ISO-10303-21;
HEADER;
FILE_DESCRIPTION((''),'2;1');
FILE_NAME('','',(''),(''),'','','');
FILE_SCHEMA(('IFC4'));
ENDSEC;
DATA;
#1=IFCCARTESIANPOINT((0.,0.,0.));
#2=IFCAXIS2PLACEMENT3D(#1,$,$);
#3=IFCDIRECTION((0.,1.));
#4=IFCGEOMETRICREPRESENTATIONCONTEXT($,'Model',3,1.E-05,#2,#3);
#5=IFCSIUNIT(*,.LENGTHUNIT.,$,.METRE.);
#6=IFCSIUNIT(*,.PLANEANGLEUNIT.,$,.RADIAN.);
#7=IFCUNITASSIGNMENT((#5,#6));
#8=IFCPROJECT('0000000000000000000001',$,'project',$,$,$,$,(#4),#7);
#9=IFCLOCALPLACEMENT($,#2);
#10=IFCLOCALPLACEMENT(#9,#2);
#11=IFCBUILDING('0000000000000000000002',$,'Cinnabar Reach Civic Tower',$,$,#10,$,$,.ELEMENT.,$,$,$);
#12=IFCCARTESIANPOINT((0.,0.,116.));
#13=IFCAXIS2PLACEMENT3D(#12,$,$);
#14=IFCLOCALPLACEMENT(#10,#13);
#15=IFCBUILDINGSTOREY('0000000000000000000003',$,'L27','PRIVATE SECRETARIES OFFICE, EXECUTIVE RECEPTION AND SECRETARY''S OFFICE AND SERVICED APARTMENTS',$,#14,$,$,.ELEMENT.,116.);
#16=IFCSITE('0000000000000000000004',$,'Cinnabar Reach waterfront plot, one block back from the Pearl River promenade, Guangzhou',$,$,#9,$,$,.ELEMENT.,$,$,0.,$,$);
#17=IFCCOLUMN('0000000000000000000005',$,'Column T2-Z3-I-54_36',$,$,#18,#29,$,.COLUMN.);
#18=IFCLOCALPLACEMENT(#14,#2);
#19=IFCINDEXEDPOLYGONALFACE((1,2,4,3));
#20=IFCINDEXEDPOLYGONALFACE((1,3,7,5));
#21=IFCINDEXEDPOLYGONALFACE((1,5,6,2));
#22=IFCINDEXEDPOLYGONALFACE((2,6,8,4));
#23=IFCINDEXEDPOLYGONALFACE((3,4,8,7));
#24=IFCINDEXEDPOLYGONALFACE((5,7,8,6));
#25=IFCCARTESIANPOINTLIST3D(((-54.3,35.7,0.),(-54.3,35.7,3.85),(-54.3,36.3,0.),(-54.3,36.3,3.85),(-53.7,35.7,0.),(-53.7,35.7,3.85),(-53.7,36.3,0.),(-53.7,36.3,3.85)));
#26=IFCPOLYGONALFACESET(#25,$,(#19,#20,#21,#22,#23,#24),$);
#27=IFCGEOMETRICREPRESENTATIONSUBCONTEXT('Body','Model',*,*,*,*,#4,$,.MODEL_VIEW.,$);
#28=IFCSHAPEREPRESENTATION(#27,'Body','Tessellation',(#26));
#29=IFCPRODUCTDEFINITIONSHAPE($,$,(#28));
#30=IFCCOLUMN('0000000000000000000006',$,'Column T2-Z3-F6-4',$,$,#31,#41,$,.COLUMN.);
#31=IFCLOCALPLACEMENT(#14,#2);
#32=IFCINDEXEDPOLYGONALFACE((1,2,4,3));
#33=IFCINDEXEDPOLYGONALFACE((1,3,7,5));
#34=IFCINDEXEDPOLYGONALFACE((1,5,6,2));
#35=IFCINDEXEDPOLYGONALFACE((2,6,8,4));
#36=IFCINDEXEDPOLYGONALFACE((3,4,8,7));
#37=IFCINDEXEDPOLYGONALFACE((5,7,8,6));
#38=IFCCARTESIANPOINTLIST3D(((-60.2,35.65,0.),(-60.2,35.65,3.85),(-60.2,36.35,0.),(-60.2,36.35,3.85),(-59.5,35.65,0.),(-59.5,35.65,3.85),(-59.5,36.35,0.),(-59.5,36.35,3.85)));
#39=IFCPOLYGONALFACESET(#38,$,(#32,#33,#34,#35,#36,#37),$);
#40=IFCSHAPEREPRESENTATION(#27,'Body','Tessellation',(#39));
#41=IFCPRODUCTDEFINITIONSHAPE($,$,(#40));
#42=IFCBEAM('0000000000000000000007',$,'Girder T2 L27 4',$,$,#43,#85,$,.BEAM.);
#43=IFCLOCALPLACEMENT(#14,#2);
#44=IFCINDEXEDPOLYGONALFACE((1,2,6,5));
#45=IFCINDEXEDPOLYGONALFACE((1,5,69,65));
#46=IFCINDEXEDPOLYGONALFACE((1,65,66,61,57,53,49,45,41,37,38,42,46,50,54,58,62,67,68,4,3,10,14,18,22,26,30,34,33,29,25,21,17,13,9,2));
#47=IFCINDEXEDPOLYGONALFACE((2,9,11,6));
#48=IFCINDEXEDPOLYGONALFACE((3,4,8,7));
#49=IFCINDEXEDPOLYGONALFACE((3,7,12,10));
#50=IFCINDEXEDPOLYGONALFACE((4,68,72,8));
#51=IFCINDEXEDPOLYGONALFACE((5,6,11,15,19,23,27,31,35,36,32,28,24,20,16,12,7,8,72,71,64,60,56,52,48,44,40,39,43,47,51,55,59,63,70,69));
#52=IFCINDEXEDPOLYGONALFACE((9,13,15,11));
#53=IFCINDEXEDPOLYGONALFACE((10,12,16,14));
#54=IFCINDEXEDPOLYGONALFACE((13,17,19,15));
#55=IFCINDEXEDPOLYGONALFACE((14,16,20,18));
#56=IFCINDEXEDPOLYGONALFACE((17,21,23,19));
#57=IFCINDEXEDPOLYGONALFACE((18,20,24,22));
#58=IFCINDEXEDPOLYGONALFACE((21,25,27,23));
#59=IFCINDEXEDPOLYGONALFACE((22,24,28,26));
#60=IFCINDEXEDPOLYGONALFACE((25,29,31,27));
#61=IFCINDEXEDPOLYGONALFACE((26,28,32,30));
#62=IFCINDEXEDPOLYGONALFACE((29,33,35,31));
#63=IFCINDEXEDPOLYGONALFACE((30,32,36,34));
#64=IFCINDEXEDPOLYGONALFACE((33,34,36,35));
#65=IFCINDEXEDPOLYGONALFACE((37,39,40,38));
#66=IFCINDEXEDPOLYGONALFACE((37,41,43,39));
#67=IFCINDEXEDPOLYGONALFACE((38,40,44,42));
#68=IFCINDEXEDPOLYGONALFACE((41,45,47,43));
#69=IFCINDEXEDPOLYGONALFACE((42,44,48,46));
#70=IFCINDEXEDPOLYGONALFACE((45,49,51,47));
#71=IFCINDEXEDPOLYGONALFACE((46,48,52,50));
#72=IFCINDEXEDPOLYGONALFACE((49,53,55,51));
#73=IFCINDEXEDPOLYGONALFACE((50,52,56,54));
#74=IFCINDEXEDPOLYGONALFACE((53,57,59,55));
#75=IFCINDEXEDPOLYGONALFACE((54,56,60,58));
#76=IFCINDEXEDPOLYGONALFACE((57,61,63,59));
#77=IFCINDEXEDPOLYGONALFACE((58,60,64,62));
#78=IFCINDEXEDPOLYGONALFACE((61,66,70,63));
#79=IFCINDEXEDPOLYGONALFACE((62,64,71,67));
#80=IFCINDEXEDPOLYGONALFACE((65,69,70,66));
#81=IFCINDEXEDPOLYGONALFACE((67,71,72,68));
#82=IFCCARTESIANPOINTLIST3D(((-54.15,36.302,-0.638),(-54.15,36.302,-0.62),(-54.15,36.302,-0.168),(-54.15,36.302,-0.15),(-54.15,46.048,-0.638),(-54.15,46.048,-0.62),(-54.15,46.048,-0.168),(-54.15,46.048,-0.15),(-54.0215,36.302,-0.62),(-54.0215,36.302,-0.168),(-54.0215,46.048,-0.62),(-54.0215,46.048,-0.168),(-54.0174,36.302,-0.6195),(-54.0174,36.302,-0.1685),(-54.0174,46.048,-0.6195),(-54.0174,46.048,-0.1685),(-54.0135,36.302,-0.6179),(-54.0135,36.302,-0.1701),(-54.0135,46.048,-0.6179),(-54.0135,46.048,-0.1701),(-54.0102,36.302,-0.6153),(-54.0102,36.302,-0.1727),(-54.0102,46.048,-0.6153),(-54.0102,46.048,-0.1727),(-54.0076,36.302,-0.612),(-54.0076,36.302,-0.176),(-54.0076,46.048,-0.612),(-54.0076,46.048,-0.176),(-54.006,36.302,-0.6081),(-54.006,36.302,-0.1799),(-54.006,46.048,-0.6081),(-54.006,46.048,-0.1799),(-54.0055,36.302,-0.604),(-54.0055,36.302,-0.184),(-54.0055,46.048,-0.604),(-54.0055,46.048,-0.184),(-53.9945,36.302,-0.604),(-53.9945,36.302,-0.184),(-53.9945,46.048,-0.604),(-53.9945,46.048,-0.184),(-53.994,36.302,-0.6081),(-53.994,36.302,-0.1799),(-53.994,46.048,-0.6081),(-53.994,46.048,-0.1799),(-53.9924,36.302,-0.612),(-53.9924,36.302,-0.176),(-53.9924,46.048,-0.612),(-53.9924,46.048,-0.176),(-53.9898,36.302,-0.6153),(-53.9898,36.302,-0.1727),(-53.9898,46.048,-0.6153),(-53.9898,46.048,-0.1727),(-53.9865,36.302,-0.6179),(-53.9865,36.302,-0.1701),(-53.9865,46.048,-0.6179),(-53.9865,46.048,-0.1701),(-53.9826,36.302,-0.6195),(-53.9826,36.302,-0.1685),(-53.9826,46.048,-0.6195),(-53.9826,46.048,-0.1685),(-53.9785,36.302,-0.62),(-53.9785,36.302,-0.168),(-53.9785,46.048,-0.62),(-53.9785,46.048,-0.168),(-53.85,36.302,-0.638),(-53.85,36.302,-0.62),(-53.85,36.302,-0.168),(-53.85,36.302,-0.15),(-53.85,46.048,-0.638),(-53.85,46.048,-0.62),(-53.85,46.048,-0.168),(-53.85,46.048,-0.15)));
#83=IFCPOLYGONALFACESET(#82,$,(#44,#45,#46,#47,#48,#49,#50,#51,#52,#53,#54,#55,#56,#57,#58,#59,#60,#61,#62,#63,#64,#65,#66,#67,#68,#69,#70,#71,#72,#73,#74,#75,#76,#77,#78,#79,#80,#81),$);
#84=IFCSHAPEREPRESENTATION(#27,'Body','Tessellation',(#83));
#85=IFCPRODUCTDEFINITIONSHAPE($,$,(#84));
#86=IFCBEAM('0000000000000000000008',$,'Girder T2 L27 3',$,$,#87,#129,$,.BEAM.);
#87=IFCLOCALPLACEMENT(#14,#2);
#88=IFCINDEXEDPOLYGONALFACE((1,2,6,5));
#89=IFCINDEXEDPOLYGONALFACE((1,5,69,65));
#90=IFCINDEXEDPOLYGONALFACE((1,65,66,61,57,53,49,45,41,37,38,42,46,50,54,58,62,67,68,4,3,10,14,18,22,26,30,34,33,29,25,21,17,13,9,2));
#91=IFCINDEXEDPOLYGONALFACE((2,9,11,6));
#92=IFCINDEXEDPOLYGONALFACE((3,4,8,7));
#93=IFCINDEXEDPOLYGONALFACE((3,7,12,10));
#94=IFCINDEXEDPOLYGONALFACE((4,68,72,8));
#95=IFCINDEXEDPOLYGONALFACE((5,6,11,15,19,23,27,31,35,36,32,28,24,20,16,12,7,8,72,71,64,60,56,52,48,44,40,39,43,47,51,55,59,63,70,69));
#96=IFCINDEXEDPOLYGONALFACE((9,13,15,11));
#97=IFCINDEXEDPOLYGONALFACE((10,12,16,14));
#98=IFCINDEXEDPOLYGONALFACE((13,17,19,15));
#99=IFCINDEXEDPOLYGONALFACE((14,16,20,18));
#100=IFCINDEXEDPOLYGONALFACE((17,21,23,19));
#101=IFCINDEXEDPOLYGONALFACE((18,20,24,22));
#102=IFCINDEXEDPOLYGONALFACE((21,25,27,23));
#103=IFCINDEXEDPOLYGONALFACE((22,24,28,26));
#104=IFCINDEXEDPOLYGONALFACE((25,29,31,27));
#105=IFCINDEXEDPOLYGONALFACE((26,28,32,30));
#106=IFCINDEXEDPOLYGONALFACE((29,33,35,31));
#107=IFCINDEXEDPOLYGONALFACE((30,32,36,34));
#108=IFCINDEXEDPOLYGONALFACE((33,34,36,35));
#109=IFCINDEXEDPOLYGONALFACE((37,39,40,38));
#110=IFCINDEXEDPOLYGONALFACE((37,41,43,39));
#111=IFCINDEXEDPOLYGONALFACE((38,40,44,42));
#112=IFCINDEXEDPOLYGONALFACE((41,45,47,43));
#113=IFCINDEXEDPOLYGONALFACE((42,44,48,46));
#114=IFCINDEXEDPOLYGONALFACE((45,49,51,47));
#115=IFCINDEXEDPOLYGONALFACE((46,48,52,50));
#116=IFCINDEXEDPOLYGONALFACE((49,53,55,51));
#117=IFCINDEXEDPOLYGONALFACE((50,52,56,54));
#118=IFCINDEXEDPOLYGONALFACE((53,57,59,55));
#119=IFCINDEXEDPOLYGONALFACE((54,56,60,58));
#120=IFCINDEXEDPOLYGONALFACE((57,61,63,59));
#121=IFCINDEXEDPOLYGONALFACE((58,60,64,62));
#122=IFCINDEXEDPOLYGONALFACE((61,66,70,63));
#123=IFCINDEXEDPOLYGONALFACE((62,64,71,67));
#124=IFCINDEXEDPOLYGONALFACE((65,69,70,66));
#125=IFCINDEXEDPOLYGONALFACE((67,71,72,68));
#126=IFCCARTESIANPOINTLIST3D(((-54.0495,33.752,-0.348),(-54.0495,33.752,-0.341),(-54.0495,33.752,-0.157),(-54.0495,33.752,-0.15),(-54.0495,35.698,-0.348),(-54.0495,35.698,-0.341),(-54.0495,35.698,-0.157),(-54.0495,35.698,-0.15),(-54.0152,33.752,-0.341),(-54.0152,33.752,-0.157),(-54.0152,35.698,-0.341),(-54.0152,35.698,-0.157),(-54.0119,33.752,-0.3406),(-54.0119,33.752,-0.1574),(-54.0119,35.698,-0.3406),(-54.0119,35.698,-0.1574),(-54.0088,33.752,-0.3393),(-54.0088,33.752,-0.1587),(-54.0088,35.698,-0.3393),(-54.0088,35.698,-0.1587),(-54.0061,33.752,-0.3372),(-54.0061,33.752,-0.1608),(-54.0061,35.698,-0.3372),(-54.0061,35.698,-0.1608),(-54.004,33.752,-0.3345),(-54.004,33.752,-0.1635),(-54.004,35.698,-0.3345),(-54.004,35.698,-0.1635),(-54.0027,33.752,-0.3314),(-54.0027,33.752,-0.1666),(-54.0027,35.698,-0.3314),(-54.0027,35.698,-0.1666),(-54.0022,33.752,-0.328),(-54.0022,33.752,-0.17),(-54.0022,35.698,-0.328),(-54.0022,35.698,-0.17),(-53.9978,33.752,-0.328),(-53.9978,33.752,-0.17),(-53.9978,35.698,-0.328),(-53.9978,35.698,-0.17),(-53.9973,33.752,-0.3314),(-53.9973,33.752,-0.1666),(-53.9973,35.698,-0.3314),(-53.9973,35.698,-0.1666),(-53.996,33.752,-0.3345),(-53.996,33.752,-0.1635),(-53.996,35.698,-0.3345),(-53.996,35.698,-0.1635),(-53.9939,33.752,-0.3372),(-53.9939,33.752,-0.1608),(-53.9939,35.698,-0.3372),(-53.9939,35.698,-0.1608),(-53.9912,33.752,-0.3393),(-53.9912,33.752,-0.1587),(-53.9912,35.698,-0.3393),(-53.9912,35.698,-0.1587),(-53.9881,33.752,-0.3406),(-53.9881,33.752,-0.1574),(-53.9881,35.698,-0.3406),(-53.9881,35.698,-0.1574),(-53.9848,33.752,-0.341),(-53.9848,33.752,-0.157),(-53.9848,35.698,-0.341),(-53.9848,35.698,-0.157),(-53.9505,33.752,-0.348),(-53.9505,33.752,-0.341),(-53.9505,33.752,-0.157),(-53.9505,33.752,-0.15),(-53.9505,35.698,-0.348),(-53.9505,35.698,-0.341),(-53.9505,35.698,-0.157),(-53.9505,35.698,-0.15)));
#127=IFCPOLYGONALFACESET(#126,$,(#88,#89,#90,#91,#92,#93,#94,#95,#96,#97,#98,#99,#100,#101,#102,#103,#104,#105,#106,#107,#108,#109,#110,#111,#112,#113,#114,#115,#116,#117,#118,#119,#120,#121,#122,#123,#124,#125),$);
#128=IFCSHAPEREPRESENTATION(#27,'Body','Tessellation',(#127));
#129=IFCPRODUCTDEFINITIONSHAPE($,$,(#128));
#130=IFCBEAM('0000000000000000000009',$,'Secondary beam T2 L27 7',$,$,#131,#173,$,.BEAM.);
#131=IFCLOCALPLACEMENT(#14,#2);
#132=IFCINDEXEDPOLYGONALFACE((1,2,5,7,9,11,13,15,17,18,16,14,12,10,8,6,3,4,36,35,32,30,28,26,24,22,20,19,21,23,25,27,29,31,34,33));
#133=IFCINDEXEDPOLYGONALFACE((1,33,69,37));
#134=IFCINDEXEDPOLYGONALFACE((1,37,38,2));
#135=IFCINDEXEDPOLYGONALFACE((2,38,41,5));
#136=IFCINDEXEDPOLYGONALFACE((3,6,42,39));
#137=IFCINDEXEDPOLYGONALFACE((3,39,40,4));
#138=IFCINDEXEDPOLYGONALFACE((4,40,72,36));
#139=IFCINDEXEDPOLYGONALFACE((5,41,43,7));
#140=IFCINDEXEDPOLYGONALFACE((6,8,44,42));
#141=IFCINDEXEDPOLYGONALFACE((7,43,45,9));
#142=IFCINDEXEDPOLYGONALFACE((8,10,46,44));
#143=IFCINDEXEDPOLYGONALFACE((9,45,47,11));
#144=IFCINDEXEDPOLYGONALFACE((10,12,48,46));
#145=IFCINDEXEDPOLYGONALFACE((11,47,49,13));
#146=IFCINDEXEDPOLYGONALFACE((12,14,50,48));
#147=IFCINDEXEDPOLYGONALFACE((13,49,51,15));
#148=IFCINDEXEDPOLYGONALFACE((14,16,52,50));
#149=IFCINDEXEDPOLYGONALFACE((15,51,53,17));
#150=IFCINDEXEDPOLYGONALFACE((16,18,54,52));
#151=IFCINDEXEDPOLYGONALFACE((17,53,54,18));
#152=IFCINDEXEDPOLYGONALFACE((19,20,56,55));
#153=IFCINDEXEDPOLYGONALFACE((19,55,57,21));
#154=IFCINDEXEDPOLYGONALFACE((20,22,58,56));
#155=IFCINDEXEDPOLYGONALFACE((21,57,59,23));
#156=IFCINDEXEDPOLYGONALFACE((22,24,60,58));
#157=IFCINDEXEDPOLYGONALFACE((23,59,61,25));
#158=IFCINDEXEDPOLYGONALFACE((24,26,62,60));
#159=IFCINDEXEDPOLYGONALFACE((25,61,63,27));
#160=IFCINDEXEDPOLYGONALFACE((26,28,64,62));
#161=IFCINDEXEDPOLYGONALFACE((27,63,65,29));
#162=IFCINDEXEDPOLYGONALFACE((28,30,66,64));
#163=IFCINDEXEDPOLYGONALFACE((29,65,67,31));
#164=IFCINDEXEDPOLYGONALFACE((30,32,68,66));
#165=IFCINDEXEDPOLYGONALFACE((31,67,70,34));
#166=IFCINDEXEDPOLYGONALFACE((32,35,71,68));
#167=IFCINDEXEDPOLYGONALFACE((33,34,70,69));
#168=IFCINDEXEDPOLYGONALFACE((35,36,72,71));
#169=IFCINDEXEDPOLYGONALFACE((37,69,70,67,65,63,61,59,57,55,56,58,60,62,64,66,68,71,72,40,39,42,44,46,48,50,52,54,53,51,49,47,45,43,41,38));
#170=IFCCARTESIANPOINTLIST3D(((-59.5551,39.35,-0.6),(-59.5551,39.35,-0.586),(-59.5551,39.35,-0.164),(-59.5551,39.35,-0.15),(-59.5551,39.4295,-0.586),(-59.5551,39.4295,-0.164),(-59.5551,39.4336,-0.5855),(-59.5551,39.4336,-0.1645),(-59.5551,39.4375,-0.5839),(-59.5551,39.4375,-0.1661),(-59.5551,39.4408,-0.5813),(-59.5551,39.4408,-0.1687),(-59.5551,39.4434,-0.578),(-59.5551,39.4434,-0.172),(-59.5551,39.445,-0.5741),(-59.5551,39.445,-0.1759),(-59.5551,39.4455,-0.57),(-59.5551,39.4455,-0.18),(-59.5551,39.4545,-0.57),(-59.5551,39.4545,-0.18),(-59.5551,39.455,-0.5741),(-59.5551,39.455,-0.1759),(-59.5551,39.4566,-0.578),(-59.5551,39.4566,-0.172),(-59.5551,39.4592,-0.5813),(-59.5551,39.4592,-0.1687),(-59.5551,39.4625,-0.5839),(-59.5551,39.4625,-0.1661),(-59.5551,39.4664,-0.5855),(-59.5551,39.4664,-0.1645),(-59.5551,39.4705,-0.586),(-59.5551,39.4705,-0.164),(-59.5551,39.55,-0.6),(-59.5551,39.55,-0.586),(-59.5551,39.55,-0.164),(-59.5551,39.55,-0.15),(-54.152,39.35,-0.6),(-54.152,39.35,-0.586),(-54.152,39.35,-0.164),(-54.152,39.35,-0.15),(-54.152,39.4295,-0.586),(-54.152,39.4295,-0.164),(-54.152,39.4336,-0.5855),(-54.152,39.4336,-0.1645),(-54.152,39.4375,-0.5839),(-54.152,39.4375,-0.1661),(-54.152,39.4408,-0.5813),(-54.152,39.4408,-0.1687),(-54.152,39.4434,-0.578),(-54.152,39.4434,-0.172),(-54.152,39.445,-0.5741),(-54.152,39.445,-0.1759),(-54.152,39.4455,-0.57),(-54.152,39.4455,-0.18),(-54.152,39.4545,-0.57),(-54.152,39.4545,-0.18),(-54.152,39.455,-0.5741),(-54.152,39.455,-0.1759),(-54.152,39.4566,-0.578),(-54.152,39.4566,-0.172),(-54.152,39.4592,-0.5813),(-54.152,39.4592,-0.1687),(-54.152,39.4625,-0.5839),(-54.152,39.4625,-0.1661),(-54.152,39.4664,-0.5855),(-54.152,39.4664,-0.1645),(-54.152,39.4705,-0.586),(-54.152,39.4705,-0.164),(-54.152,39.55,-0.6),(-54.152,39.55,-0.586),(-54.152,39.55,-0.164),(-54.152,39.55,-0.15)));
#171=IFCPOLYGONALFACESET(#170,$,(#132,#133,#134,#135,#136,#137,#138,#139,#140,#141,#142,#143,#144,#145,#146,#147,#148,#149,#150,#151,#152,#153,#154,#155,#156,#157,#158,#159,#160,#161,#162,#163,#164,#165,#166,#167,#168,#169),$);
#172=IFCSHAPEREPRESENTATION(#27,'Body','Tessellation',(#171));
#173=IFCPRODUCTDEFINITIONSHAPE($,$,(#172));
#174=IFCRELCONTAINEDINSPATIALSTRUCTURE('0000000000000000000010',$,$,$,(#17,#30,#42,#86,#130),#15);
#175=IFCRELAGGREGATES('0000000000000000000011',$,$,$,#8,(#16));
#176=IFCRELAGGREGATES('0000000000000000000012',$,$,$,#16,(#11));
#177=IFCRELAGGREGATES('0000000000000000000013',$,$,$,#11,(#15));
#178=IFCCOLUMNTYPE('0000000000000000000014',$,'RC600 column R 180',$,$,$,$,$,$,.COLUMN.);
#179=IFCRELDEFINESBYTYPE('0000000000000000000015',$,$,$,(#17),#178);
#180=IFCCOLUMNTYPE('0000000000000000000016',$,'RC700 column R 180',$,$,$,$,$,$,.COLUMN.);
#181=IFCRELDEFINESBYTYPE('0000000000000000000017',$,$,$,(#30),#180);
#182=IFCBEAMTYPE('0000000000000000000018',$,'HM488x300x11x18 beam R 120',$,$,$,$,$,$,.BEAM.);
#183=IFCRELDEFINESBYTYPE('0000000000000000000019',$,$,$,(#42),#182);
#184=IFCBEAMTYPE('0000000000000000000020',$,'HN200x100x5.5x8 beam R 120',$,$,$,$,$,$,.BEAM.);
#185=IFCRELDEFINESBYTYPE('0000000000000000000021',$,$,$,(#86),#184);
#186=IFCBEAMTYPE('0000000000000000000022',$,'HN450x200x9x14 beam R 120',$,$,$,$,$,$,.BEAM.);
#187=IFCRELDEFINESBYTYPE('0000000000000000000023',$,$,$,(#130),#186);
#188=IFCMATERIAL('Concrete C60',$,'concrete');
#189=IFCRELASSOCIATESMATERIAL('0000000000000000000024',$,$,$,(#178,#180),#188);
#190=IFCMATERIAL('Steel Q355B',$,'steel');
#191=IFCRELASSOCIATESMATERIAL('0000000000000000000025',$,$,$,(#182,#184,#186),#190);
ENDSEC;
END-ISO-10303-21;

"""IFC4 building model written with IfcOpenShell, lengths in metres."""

from ifc_helpers import new_model, si_unit, direction, frame, origin, origin_2d, place, context, subcontext, project, spatial, rectangle, i_section, extrude, material, material_profile, profile_set, type_object, element, save


model = new_model("IFC4")

# Units and contexts
model_context = context("Model", 3, precision=1e-05, world=origin(), true_north=direction((0.0, 1.0)))
body_context = subcontext(model_context, "Body", "Model", "MODEL_VIEW")
ifc_project = project(units=[si_unit("LENGTHUNIT", "METRE"), si_unit("PLANEANGLEUNIT", "RADIAN")], contexts=[model_context])

# Site, building, storey
site_placement = place(None, origin())
site = spatial("IfcSite", under=ifc_project, at=site_placement, Name="Cinnabar Reach waterfront plot, one block back from the Pearl River promenade, Guangzhou", CompositionType="ELEMENT", RefElevation=0.0)
building_placement = place(site_placement, origin())
building = spatial("IfcBuilding", under=site, at=building_placement, Name="Cinnabar Reach Civic Tower", CompositionType="ELEMENT")
storey_placement = place(building_placement, frame((0.0, 0.0, 116.0)))
storey = spatial("IfcBuildingStorey", under=building, at=storey_placement, Name="L27", Description="PRIVATE SECRETARIES OFFICE, EXECUTIVE RECEPTION AND SECRETARY'S OFFICE AND SERVICED APARTMENTS", CompositionType="ELEMENT", Elevation=116.0)

# Columns
ifc_material_1 = material(Name="Concrete C60", Category="concrete")
ifc_material_profile_1 = material_profile(ifc_material_1, rectangle(XDim=0.6, YDim=0.6, at=origin_2d()), Name="RC600")
ifc_profile_set_1 = profile_set([ifc_material_profile_1], Name="Concrete C60")
column_type_1 = type_object("IfcColumnType", Name="RC600 column R 180", PredefinedType="COLUMN", material=ifc_profile_set_1)
column_1_placement = place(storey_placement, frame((-54.0, 36.0, 0.0), z_axis=(0.0, 0.0, 1.0), x_axis=(1.0, 0.0, 0.0)))
element("IfcColumn", 1, at=column_1_placement, inside=storey, type_object=column_type_1, Name="Column T2-Z3-I-54_36", PredefinedType="COLUMN", context=body_context, shape_type="SweptSolid", body=[
    extrude(rectangle(XDim=0.6, YDim=0.6, at=origin_2d()), origin(), (0.0, 0.0, 1.0), 3.85),
])
ifc_material_profile_2 = material_profile(ifc_material_1, rectangle(XDim=0.7, YDim=0.7, at=origin_2d()), Name="RC700")
ifc_profile_set_2 = profile_set([ifc_material_profile_2], Name="Concrete C60")
column_type_2 = type_object("IfcColumnType", Name="RC700 column R 180", PredefinedType="COLUMN", material=ifc_profile_set_2)
column_2_placement = place(storey_placement, frame((-59.85, 36.0, 0.0), z_axis=(0.0, 0.0, 1.0), x_axis=(1.0, 0.0, 0.0)))
element("IfcColumn", 2, at=column_2_placement, inside=storey, type_object=column_type_2, Name="Column T2-Z3-F6-4", PredefinedType="COLUMN", context=body_context, shape_type="SweptSolid", body=[
    extrude(rectangle(XDim=0.7, YDim=0.7, at=origin_2d()), origin(), (0.0, 0.0, 1.0), 3.85),
])

# Beams
ifc_material_2 = material(Name="Steel Q355B", Category="steel")
ifc_material_profile_3 = material_profile(ifc_material_2, i_section(OverallWidth=0.3, OverallDepth=0.488, WebThickness=0.011, FlangeThickness=0.018, FilletRadius=0.016, at=origin_2d()), Name="HM488x300x11x18")
ifc_profile_set_3 = profile_set([ifc_material_profile_3], Name="Steel Q355B")
beam_type_1 = type_object("IfcBeamType", Name="HM488x300x11x18 beam R 120", PredefinedType="BEAM", material=ifc_profile_set_3)
beam_1_placement = place(storey_placement, frame((-54.0, 36.302, -0.394), z_axis=(0.0, 1.0, 0.0), x_axis=(-1.0, 0.0, 0.0)))
element("IfcBeam", 3, at=beam_1_placement, inside=storey, type_object=beam_type_1, Name="Girder T2 L27 4", PredefinedType="BEAM", context=body_context, shape_type="SweptSolid", body=[
    extrude(i_section(OverallWidth=0.3, OverallDepth=0.488, WebThickness=0.011, FlangeThickness=0.018, FilletRadius=0.016, at=origin_2d()), origin(), (0.0, 0.0, 1.0), 9.746),
])
ifc_material_profile_4 = material_profile(ifc_material_2, i_section(OverallWidth=0.099, OverallDepth=0.198, WebThickness=0.0045, FlangeThickness=0.007, FilletRadius=0.013, at=origin_2d()), Name="HN200x100x5.5x8")
ifc_profile_set_4 = profile_set([ifc_material_profile_4], Name="Steel Q355B")
beam_type_2 = type_object("IfcBeamType", Name="HN200x100x5.5x8 beam R 120", PredefinedType="BEAM", material=ifc_profile_set_4)
beam_2_placement = place(storey_placement, frame((-54.0, 33.752, -0.249), z_axis=(0.0, 1.0, 0.0), x_axis=(-1.0, 0.0, 0.0)))
element("IfcBeam", 4, at=beam_2_placement, inside=storey, type_object=beam_type_2, Name="Girder T2 L27 3", PredefinedType="BEAM", context=body_context, shape_type="SweptSolid", body=[
    extrude(i_section(OverallWidth=0.099, OverallDepth=0.198, WebThickness=0.0045, FlangeThickness=0.007, FilletRadius=0.013, at=origin_2d()), origin(), (0.0, 0.0, 1.0), 1.946),
])
ifc_material_profile_5 = material_profile(ifc_material_2, i_section(OverallWidth=0.2, OverallDepth=0.45, WebThickness=0.009, FlangeThickness=0.014, FilletRadius=0.016, at=origin_2d()), Name="HN450x200x9x14")
ifc_profile_set_5 = profile_set([ifc_material_profile_5], Name="Steel Q355B")
beam_type_3 = type_object("IfcBeamType", Name="HN450x200x9x14 beam R 120", PredefinedType="BEAM", material=ifc_profile_set_5)
beam_3_placement = place(storey_placement, frame((-59.5551, 39.45, -0.375), z_axis=(1.0, 0.0, 0.0), x_axis=(0.0, 1.0, 0.0)))
element("IfcBeam", 5, at=beam_3_placement, inside=storey, type_object=beam_type_3, Name="Secondary beam T2 L27 7", PredefinedType="BEAM", context=body_context, shape_type="SweptSolid", body=[
    extrude(i_section(OverallWidth=0.2, OverallDepth=0.45, WebThickness=0.009, FlangeThickness=0.014, FilletRadius=0.016, at=origin_2d()), origin(), (0.0, 0.0, 1.0), 5.4031),
])

save(model, "model.ifc")
